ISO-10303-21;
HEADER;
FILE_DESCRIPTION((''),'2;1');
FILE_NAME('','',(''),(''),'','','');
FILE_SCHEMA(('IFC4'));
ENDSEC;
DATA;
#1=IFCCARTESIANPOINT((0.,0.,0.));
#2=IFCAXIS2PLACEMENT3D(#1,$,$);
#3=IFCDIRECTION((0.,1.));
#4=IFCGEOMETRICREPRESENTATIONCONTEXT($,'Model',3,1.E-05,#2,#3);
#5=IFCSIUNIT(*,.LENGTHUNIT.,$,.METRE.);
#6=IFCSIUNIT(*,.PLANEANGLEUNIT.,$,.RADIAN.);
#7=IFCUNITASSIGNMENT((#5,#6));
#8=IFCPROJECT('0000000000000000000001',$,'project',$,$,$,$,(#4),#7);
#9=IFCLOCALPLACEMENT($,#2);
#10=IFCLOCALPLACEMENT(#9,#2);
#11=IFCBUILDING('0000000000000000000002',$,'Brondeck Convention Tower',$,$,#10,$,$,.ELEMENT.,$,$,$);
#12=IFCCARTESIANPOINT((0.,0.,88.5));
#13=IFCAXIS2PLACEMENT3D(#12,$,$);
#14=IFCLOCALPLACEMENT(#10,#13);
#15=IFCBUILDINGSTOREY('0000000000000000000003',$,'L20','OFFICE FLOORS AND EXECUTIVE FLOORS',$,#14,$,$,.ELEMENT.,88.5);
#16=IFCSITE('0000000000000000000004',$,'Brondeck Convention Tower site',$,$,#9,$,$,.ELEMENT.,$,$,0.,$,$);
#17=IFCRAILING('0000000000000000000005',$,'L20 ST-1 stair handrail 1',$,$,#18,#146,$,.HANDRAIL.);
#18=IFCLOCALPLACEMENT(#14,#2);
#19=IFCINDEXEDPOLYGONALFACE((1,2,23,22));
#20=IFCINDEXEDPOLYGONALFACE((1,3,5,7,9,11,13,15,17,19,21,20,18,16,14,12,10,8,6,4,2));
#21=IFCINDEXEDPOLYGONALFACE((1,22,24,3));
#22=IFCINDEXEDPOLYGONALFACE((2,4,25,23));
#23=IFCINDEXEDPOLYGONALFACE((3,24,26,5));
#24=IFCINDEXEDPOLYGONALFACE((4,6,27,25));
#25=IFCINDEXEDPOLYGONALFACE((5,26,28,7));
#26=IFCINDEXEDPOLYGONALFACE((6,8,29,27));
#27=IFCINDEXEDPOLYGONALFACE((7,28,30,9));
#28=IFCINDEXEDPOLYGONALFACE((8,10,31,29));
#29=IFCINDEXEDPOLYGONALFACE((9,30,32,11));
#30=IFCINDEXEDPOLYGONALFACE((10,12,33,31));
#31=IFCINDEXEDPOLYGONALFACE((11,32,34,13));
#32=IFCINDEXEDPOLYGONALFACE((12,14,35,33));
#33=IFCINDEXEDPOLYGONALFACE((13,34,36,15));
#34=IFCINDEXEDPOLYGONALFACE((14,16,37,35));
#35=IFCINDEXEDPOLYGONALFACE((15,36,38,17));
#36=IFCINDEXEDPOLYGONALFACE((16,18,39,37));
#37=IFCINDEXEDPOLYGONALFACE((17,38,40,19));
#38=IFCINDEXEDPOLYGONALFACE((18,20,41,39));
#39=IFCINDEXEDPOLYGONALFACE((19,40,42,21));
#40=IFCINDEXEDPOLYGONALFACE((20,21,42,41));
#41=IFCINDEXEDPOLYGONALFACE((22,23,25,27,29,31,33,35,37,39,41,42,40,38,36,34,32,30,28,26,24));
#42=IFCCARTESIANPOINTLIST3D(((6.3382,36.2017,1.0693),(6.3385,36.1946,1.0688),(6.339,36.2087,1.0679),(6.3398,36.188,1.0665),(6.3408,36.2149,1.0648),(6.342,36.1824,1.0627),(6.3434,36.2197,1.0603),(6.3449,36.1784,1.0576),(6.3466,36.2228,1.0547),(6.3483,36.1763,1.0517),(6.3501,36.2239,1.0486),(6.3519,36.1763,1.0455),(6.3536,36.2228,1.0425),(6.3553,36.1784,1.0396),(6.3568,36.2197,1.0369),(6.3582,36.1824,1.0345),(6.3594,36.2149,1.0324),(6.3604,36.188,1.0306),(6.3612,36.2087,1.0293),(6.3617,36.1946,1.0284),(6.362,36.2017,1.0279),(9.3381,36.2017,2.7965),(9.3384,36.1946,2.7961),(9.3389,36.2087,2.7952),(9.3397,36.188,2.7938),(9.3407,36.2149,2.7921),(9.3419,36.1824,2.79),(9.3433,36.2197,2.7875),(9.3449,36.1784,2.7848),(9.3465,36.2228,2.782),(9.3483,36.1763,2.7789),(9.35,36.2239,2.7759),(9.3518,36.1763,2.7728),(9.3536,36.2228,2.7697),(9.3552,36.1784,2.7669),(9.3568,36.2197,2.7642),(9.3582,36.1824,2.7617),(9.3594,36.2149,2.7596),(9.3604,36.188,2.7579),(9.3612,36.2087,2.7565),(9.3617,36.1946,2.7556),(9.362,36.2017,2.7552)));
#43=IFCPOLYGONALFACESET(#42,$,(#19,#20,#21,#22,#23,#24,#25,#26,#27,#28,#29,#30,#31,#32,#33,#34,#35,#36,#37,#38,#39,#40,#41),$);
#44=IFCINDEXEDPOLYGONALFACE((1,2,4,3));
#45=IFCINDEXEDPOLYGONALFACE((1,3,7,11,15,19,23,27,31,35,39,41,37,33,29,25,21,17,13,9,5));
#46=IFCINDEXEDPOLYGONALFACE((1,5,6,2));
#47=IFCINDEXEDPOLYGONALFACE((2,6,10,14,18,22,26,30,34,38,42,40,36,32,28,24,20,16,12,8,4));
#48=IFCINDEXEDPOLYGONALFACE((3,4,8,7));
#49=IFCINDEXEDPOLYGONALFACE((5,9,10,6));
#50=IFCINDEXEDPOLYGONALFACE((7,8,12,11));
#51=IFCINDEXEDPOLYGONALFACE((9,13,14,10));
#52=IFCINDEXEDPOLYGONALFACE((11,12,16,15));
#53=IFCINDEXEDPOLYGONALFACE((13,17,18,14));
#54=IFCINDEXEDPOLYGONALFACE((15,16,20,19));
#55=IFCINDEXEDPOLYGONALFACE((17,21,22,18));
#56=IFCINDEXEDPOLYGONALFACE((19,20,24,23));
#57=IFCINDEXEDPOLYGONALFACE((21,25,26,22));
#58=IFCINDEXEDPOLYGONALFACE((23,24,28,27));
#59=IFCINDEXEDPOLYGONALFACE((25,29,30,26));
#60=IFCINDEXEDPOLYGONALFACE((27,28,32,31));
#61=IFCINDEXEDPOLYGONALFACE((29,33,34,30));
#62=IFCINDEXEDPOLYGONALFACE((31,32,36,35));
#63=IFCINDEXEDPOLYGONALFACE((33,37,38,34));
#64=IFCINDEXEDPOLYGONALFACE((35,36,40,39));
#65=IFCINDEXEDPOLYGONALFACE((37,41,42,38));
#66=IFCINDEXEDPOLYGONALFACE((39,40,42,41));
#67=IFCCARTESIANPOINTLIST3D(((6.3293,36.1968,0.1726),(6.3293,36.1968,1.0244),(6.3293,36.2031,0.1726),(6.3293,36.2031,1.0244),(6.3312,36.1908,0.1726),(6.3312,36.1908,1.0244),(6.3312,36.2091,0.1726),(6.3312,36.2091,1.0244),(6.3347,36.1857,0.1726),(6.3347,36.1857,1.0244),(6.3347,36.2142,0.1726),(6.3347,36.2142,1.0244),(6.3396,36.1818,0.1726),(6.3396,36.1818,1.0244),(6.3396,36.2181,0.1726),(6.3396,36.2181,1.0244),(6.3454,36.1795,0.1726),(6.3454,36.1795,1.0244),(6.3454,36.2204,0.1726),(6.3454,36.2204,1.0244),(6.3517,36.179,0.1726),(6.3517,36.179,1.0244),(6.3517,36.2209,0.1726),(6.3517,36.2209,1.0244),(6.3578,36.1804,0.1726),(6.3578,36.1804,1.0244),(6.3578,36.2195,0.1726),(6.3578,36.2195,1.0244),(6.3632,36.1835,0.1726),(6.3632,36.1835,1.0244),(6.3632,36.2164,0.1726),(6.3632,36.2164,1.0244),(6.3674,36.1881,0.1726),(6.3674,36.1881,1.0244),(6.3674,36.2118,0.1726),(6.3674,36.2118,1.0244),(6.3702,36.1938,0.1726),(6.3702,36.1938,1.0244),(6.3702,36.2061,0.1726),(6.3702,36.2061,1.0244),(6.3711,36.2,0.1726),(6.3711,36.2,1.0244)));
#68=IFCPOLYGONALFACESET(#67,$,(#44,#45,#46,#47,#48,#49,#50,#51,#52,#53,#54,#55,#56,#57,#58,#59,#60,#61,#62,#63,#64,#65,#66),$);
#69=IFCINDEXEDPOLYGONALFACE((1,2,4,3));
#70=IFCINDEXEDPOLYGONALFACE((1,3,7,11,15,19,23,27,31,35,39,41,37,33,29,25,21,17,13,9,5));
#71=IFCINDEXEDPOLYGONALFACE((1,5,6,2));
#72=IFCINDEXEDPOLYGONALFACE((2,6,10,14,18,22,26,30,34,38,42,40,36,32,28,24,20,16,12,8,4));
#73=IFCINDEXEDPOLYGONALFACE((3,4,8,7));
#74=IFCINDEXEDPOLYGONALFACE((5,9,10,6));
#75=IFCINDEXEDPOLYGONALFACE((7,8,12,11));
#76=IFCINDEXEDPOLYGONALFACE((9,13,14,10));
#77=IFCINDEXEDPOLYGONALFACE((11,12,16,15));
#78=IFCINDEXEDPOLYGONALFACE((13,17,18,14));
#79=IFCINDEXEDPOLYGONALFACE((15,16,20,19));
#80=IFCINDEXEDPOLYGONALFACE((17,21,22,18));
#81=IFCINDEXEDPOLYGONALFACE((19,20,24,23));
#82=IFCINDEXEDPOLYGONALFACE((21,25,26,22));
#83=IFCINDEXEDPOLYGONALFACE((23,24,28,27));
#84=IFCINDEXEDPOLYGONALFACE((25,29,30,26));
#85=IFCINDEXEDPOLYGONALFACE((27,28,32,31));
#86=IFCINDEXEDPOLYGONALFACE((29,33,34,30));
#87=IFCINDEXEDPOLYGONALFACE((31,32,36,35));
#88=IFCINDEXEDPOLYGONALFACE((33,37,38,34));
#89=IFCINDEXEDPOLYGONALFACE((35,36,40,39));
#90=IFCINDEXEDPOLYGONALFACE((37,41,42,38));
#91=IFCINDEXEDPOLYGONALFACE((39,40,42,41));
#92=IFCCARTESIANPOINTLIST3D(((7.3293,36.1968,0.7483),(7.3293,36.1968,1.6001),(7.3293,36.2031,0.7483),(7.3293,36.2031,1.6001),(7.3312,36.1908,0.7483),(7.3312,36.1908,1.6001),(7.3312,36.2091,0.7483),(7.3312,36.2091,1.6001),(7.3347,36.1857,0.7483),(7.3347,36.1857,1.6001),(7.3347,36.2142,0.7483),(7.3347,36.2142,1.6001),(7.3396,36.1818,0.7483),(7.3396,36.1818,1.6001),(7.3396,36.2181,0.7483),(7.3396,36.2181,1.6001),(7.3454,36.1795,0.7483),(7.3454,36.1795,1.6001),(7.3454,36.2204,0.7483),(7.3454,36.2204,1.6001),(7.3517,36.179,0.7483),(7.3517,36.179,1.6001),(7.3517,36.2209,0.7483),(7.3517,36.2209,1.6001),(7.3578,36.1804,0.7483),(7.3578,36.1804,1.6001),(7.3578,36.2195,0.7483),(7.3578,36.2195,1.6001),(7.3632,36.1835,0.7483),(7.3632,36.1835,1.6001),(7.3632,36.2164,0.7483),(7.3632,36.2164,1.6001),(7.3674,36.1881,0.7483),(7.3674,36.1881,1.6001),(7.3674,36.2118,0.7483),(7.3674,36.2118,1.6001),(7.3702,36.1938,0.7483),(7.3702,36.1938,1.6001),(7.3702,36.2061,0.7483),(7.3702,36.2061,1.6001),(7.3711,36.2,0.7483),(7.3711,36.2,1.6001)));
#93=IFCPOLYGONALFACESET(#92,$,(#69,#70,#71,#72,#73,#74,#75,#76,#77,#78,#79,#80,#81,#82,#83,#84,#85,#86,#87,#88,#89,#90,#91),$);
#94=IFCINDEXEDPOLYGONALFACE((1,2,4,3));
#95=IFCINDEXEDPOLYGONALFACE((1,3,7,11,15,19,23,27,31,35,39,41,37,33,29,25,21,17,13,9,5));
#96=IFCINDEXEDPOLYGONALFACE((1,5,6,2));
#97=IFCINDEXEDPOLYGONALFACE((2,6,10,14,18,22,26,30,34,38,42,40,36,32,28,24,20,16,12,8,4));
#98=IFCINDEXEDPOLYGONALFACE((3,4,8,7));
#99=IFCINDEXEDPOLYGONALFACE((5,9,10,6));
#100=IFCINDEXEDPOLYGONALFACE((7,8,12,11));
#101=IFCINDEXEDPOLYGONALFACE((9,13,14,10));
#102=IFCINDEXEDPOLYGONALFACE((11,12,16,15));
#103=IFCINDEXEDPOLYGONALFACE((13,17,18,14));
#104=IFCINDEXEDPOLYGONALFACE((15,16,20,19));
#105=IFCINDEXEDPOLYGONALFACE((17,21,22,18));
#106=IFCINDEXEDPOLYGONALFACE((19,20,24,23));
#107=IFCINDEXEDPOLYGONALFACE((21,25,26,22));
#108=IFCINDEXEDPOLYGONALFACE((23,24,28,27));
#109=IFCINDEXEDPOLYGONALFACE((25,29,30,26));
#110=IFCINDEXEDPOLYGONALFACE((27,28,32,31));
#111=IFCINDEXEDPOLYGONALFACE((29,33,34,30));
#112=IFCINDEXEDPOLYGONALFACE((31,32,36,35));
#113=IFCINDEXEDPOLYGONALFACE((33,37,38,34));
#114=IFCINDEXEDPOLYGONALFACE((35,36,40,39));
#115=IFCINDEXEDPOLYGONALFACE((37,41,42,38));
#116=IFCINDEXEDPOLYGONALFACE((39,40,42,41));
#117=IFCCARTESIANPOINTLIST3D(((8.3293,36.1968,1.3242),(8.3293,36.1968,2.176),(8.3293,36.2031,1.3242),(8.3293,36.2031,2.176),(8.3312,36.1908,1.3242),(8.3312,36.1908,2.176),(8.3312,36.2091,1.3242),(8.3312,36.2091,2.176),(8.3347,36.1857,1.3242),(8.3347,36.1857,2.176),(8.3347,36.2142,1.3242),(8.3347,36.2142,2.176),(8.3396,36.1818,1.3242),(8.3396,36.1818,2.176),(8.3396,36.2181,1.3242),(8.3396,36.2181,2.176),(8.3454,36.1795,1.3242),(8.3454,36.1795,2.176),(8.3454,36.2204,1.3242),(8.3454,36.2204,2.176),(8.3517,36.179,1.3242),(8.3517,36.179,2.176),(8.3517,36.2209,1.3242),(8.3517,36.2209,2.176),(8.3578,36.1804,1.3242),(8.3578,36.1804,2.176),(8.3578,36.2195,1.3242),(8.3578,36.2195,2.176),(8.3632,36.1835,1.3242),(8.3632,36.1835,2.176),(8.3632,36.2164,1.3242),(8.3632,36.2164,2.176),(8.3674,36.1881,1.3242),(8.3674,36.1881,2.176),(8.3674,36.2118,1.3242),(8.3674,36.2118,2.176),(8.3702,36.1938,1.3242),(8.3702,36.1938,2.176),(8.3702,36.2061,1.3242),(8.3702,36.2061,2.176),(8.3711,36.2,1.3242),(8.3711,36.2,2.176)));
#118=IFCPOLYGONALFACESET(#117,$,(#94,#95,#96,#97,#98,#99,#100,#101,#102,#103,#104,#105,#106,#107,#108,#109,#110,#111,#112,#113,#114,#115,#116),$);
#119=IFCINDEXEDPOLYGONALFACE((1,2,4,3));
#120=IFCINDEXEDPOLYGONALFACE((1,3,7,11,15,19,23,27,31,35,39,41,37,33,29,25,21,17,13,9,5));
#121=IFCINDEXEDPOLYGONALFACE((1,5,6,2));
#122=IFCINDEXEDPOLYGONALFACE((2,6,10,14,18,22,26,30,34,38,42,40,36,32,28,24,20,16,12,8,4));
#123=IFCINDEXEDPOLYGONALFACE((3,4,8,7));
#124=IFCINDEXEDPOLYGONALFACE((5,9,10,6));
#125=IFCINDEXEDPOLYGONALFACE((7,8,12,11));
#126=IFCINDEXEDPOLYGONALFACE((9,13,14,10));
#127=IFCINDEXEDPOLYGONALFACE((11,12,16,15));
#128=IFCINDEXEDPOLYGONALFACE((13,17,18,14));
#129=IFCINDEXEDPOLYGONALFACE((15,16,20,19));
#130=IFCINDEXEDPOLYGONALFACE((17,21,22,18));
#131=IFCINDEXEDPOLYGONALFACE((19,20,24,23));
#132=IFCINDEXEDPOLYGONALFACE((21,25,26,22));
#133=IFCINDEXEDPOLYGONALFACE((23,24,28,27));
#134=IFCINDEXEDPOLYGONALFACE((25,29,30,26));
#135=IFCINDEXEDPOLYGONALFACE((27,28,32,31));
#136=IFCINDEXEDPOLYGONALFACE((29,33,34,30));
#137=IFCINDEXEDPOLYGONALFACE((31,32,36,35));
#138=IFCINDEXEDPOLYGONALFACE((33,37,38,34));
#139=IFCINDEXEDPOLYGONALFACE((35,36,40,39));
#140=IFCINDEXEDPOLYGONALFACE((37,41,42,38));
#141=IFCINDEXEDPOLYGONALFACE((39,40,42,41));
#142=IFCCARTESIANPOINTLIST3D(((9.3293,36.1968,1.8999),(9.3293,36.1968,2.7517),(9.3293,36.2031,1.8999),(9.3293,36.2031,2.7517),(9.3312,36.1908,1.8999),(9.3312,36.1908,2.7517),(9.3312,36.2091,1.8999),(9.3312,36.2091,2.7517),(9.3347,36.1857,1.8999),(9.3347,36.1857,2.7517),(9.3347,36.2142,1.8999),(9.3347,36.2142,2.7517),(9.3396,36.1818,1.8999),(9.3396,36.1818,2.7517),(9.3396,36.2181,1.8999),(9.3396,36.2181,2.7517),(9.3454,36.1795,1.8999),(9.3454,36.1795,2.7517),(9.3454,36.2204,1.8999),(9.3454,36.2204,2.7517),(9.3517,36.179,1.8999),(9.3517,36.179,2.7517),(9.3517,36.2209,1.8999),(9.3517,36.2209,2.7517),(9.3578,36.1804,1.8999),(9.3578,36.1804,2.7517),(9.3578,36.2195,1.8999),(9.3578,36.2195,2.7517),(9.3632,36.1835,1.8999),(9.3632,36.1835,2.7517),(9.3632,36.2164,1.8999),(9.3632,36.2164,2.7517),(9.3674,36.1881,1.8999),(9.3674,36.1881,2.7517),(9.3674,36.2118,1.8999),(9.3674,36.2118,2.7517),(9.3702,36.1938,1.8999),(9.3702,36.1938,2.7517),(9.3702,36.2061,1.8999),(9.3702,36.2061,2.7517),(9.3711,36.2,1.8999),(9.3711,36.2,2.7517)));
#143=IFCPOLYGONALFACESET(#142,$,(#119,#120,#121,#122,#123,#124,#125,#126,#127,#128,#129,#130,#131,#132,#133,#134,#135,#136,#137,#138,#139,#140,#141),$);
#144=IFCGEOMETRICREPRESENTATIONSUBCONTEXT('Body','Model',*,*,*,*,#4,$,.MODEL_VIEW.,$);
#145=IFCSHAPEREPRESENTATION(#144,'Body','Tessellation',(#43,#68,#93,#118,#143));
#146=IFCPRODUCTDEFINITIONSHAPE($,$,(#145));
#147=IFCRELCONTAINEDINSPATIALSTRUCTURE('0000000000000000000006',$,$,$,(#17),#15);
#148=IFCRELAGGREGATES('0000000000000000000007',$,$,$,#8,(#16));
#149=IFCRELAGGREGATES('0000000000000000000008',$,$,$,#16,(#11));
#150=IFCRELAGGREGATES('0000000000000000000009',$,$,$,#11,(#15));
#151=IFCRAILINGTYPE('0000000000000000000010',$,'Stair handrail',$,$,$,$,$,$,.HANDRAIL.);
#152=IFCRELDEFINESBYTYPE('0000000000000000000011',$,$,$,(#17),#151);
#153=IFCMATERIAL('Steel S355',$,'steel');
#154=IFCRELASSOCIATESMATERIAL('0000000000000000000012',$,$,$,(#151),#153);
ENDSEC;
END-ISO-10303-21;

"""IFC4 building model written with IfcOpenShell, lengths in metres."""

from ifc_helpers import new_model, si_unit, direction, frame, origin, origin_2d, place, context, subcontext, project, spatial, circle, extrude, material, type_object, element, save


model = new_model("IFC4")

# Units and contexts
model_context = context("Model", 3, precision=1e-05, world=origin(), true_north=direction((0.0, 1.0)))
body_context = subcontext(model_context, "Body", "Model", "MODEL_VIEW")
ifc_project = project(units=[si_unit("LENGTHUNIT", "METRE"), si_unit("PLANEANGLEUNIT", "RADIAN")], contexts=[model_context])

# Site, building, storey
site_placement = place(None, origin())
site = spatial("IfcSite", under=ifc_project, at=site_placement, Name="Brondeck Convention Tower site", CompositionType="ELEMENT", RefElevation=0.0)
building_placement = place(site_placement, origin())
building = spatial("IfcBuilding", under=site, at=building_placement, Name="Brondeck Convention Tower", CompositionType="ELEMENT")
storey_placement = place(building_placement, frame((0.0, 0.0, 88.5)))
storey = spatial("IfcBuildingStorey", under=building, at=storey_placement, Name="L20", Description="OFFICE FLOORS AND EXECUTIVE FLOORS", CompositionType="ELEMENT", Elevation=88.5)

# Railing
ifc_material_1 = material(Name="Steel S355", Category="steel")
railing_type_1 = type_object("IfcRailingType", Name="Stair handrail", PredefinedType="HANDRAIL", material=ifc_material_1)
railing_1_placement = place(storey_placement, frame((6.3501, 36.2, 0.1726)))
element("IfcRailing", 1, at=railing_1_placement, inside=storey, type_object=railing_type_1, Name="L20 ST-1 stair handrail 1", PredefinedType="HANDRAIL", context=body_context, shape_type="SweptSolid", body=[
    extrude(circle(Radius=0.0239, at=origin_2d()), frame((0.0, 0.0, 0.876), z_axis=(0.86662, 0.0, 0.498969), x_axis=(0.0, 1.0, 0.0)), (0.0, 0.0, 1.0), 3.4617),
    extrude(circle(Radius=0.021, at=origin_2d()), origin(), (0.0, 0.0, 1.0), 0.8518),
    extrude(circle(Radius=0.021, at=origin_2d()), frame((1.0, 0.0, 0.5757)), (0.0, 0.0, 1.0), 0.8518),
    extrude(circle(Radius=0.021, at=origin_2d()), frame((2.0, 0.0, 1.1516)), (0.0, 0.0, 1.0), 0.8518),
    extrude(circle(Radius=0.021, at=origin_2d()), frame((3.0, 0.0, 1.7273)), (0.0, 0.0, 1.0), 0.8518),
])

save(model, "model.ifc")
